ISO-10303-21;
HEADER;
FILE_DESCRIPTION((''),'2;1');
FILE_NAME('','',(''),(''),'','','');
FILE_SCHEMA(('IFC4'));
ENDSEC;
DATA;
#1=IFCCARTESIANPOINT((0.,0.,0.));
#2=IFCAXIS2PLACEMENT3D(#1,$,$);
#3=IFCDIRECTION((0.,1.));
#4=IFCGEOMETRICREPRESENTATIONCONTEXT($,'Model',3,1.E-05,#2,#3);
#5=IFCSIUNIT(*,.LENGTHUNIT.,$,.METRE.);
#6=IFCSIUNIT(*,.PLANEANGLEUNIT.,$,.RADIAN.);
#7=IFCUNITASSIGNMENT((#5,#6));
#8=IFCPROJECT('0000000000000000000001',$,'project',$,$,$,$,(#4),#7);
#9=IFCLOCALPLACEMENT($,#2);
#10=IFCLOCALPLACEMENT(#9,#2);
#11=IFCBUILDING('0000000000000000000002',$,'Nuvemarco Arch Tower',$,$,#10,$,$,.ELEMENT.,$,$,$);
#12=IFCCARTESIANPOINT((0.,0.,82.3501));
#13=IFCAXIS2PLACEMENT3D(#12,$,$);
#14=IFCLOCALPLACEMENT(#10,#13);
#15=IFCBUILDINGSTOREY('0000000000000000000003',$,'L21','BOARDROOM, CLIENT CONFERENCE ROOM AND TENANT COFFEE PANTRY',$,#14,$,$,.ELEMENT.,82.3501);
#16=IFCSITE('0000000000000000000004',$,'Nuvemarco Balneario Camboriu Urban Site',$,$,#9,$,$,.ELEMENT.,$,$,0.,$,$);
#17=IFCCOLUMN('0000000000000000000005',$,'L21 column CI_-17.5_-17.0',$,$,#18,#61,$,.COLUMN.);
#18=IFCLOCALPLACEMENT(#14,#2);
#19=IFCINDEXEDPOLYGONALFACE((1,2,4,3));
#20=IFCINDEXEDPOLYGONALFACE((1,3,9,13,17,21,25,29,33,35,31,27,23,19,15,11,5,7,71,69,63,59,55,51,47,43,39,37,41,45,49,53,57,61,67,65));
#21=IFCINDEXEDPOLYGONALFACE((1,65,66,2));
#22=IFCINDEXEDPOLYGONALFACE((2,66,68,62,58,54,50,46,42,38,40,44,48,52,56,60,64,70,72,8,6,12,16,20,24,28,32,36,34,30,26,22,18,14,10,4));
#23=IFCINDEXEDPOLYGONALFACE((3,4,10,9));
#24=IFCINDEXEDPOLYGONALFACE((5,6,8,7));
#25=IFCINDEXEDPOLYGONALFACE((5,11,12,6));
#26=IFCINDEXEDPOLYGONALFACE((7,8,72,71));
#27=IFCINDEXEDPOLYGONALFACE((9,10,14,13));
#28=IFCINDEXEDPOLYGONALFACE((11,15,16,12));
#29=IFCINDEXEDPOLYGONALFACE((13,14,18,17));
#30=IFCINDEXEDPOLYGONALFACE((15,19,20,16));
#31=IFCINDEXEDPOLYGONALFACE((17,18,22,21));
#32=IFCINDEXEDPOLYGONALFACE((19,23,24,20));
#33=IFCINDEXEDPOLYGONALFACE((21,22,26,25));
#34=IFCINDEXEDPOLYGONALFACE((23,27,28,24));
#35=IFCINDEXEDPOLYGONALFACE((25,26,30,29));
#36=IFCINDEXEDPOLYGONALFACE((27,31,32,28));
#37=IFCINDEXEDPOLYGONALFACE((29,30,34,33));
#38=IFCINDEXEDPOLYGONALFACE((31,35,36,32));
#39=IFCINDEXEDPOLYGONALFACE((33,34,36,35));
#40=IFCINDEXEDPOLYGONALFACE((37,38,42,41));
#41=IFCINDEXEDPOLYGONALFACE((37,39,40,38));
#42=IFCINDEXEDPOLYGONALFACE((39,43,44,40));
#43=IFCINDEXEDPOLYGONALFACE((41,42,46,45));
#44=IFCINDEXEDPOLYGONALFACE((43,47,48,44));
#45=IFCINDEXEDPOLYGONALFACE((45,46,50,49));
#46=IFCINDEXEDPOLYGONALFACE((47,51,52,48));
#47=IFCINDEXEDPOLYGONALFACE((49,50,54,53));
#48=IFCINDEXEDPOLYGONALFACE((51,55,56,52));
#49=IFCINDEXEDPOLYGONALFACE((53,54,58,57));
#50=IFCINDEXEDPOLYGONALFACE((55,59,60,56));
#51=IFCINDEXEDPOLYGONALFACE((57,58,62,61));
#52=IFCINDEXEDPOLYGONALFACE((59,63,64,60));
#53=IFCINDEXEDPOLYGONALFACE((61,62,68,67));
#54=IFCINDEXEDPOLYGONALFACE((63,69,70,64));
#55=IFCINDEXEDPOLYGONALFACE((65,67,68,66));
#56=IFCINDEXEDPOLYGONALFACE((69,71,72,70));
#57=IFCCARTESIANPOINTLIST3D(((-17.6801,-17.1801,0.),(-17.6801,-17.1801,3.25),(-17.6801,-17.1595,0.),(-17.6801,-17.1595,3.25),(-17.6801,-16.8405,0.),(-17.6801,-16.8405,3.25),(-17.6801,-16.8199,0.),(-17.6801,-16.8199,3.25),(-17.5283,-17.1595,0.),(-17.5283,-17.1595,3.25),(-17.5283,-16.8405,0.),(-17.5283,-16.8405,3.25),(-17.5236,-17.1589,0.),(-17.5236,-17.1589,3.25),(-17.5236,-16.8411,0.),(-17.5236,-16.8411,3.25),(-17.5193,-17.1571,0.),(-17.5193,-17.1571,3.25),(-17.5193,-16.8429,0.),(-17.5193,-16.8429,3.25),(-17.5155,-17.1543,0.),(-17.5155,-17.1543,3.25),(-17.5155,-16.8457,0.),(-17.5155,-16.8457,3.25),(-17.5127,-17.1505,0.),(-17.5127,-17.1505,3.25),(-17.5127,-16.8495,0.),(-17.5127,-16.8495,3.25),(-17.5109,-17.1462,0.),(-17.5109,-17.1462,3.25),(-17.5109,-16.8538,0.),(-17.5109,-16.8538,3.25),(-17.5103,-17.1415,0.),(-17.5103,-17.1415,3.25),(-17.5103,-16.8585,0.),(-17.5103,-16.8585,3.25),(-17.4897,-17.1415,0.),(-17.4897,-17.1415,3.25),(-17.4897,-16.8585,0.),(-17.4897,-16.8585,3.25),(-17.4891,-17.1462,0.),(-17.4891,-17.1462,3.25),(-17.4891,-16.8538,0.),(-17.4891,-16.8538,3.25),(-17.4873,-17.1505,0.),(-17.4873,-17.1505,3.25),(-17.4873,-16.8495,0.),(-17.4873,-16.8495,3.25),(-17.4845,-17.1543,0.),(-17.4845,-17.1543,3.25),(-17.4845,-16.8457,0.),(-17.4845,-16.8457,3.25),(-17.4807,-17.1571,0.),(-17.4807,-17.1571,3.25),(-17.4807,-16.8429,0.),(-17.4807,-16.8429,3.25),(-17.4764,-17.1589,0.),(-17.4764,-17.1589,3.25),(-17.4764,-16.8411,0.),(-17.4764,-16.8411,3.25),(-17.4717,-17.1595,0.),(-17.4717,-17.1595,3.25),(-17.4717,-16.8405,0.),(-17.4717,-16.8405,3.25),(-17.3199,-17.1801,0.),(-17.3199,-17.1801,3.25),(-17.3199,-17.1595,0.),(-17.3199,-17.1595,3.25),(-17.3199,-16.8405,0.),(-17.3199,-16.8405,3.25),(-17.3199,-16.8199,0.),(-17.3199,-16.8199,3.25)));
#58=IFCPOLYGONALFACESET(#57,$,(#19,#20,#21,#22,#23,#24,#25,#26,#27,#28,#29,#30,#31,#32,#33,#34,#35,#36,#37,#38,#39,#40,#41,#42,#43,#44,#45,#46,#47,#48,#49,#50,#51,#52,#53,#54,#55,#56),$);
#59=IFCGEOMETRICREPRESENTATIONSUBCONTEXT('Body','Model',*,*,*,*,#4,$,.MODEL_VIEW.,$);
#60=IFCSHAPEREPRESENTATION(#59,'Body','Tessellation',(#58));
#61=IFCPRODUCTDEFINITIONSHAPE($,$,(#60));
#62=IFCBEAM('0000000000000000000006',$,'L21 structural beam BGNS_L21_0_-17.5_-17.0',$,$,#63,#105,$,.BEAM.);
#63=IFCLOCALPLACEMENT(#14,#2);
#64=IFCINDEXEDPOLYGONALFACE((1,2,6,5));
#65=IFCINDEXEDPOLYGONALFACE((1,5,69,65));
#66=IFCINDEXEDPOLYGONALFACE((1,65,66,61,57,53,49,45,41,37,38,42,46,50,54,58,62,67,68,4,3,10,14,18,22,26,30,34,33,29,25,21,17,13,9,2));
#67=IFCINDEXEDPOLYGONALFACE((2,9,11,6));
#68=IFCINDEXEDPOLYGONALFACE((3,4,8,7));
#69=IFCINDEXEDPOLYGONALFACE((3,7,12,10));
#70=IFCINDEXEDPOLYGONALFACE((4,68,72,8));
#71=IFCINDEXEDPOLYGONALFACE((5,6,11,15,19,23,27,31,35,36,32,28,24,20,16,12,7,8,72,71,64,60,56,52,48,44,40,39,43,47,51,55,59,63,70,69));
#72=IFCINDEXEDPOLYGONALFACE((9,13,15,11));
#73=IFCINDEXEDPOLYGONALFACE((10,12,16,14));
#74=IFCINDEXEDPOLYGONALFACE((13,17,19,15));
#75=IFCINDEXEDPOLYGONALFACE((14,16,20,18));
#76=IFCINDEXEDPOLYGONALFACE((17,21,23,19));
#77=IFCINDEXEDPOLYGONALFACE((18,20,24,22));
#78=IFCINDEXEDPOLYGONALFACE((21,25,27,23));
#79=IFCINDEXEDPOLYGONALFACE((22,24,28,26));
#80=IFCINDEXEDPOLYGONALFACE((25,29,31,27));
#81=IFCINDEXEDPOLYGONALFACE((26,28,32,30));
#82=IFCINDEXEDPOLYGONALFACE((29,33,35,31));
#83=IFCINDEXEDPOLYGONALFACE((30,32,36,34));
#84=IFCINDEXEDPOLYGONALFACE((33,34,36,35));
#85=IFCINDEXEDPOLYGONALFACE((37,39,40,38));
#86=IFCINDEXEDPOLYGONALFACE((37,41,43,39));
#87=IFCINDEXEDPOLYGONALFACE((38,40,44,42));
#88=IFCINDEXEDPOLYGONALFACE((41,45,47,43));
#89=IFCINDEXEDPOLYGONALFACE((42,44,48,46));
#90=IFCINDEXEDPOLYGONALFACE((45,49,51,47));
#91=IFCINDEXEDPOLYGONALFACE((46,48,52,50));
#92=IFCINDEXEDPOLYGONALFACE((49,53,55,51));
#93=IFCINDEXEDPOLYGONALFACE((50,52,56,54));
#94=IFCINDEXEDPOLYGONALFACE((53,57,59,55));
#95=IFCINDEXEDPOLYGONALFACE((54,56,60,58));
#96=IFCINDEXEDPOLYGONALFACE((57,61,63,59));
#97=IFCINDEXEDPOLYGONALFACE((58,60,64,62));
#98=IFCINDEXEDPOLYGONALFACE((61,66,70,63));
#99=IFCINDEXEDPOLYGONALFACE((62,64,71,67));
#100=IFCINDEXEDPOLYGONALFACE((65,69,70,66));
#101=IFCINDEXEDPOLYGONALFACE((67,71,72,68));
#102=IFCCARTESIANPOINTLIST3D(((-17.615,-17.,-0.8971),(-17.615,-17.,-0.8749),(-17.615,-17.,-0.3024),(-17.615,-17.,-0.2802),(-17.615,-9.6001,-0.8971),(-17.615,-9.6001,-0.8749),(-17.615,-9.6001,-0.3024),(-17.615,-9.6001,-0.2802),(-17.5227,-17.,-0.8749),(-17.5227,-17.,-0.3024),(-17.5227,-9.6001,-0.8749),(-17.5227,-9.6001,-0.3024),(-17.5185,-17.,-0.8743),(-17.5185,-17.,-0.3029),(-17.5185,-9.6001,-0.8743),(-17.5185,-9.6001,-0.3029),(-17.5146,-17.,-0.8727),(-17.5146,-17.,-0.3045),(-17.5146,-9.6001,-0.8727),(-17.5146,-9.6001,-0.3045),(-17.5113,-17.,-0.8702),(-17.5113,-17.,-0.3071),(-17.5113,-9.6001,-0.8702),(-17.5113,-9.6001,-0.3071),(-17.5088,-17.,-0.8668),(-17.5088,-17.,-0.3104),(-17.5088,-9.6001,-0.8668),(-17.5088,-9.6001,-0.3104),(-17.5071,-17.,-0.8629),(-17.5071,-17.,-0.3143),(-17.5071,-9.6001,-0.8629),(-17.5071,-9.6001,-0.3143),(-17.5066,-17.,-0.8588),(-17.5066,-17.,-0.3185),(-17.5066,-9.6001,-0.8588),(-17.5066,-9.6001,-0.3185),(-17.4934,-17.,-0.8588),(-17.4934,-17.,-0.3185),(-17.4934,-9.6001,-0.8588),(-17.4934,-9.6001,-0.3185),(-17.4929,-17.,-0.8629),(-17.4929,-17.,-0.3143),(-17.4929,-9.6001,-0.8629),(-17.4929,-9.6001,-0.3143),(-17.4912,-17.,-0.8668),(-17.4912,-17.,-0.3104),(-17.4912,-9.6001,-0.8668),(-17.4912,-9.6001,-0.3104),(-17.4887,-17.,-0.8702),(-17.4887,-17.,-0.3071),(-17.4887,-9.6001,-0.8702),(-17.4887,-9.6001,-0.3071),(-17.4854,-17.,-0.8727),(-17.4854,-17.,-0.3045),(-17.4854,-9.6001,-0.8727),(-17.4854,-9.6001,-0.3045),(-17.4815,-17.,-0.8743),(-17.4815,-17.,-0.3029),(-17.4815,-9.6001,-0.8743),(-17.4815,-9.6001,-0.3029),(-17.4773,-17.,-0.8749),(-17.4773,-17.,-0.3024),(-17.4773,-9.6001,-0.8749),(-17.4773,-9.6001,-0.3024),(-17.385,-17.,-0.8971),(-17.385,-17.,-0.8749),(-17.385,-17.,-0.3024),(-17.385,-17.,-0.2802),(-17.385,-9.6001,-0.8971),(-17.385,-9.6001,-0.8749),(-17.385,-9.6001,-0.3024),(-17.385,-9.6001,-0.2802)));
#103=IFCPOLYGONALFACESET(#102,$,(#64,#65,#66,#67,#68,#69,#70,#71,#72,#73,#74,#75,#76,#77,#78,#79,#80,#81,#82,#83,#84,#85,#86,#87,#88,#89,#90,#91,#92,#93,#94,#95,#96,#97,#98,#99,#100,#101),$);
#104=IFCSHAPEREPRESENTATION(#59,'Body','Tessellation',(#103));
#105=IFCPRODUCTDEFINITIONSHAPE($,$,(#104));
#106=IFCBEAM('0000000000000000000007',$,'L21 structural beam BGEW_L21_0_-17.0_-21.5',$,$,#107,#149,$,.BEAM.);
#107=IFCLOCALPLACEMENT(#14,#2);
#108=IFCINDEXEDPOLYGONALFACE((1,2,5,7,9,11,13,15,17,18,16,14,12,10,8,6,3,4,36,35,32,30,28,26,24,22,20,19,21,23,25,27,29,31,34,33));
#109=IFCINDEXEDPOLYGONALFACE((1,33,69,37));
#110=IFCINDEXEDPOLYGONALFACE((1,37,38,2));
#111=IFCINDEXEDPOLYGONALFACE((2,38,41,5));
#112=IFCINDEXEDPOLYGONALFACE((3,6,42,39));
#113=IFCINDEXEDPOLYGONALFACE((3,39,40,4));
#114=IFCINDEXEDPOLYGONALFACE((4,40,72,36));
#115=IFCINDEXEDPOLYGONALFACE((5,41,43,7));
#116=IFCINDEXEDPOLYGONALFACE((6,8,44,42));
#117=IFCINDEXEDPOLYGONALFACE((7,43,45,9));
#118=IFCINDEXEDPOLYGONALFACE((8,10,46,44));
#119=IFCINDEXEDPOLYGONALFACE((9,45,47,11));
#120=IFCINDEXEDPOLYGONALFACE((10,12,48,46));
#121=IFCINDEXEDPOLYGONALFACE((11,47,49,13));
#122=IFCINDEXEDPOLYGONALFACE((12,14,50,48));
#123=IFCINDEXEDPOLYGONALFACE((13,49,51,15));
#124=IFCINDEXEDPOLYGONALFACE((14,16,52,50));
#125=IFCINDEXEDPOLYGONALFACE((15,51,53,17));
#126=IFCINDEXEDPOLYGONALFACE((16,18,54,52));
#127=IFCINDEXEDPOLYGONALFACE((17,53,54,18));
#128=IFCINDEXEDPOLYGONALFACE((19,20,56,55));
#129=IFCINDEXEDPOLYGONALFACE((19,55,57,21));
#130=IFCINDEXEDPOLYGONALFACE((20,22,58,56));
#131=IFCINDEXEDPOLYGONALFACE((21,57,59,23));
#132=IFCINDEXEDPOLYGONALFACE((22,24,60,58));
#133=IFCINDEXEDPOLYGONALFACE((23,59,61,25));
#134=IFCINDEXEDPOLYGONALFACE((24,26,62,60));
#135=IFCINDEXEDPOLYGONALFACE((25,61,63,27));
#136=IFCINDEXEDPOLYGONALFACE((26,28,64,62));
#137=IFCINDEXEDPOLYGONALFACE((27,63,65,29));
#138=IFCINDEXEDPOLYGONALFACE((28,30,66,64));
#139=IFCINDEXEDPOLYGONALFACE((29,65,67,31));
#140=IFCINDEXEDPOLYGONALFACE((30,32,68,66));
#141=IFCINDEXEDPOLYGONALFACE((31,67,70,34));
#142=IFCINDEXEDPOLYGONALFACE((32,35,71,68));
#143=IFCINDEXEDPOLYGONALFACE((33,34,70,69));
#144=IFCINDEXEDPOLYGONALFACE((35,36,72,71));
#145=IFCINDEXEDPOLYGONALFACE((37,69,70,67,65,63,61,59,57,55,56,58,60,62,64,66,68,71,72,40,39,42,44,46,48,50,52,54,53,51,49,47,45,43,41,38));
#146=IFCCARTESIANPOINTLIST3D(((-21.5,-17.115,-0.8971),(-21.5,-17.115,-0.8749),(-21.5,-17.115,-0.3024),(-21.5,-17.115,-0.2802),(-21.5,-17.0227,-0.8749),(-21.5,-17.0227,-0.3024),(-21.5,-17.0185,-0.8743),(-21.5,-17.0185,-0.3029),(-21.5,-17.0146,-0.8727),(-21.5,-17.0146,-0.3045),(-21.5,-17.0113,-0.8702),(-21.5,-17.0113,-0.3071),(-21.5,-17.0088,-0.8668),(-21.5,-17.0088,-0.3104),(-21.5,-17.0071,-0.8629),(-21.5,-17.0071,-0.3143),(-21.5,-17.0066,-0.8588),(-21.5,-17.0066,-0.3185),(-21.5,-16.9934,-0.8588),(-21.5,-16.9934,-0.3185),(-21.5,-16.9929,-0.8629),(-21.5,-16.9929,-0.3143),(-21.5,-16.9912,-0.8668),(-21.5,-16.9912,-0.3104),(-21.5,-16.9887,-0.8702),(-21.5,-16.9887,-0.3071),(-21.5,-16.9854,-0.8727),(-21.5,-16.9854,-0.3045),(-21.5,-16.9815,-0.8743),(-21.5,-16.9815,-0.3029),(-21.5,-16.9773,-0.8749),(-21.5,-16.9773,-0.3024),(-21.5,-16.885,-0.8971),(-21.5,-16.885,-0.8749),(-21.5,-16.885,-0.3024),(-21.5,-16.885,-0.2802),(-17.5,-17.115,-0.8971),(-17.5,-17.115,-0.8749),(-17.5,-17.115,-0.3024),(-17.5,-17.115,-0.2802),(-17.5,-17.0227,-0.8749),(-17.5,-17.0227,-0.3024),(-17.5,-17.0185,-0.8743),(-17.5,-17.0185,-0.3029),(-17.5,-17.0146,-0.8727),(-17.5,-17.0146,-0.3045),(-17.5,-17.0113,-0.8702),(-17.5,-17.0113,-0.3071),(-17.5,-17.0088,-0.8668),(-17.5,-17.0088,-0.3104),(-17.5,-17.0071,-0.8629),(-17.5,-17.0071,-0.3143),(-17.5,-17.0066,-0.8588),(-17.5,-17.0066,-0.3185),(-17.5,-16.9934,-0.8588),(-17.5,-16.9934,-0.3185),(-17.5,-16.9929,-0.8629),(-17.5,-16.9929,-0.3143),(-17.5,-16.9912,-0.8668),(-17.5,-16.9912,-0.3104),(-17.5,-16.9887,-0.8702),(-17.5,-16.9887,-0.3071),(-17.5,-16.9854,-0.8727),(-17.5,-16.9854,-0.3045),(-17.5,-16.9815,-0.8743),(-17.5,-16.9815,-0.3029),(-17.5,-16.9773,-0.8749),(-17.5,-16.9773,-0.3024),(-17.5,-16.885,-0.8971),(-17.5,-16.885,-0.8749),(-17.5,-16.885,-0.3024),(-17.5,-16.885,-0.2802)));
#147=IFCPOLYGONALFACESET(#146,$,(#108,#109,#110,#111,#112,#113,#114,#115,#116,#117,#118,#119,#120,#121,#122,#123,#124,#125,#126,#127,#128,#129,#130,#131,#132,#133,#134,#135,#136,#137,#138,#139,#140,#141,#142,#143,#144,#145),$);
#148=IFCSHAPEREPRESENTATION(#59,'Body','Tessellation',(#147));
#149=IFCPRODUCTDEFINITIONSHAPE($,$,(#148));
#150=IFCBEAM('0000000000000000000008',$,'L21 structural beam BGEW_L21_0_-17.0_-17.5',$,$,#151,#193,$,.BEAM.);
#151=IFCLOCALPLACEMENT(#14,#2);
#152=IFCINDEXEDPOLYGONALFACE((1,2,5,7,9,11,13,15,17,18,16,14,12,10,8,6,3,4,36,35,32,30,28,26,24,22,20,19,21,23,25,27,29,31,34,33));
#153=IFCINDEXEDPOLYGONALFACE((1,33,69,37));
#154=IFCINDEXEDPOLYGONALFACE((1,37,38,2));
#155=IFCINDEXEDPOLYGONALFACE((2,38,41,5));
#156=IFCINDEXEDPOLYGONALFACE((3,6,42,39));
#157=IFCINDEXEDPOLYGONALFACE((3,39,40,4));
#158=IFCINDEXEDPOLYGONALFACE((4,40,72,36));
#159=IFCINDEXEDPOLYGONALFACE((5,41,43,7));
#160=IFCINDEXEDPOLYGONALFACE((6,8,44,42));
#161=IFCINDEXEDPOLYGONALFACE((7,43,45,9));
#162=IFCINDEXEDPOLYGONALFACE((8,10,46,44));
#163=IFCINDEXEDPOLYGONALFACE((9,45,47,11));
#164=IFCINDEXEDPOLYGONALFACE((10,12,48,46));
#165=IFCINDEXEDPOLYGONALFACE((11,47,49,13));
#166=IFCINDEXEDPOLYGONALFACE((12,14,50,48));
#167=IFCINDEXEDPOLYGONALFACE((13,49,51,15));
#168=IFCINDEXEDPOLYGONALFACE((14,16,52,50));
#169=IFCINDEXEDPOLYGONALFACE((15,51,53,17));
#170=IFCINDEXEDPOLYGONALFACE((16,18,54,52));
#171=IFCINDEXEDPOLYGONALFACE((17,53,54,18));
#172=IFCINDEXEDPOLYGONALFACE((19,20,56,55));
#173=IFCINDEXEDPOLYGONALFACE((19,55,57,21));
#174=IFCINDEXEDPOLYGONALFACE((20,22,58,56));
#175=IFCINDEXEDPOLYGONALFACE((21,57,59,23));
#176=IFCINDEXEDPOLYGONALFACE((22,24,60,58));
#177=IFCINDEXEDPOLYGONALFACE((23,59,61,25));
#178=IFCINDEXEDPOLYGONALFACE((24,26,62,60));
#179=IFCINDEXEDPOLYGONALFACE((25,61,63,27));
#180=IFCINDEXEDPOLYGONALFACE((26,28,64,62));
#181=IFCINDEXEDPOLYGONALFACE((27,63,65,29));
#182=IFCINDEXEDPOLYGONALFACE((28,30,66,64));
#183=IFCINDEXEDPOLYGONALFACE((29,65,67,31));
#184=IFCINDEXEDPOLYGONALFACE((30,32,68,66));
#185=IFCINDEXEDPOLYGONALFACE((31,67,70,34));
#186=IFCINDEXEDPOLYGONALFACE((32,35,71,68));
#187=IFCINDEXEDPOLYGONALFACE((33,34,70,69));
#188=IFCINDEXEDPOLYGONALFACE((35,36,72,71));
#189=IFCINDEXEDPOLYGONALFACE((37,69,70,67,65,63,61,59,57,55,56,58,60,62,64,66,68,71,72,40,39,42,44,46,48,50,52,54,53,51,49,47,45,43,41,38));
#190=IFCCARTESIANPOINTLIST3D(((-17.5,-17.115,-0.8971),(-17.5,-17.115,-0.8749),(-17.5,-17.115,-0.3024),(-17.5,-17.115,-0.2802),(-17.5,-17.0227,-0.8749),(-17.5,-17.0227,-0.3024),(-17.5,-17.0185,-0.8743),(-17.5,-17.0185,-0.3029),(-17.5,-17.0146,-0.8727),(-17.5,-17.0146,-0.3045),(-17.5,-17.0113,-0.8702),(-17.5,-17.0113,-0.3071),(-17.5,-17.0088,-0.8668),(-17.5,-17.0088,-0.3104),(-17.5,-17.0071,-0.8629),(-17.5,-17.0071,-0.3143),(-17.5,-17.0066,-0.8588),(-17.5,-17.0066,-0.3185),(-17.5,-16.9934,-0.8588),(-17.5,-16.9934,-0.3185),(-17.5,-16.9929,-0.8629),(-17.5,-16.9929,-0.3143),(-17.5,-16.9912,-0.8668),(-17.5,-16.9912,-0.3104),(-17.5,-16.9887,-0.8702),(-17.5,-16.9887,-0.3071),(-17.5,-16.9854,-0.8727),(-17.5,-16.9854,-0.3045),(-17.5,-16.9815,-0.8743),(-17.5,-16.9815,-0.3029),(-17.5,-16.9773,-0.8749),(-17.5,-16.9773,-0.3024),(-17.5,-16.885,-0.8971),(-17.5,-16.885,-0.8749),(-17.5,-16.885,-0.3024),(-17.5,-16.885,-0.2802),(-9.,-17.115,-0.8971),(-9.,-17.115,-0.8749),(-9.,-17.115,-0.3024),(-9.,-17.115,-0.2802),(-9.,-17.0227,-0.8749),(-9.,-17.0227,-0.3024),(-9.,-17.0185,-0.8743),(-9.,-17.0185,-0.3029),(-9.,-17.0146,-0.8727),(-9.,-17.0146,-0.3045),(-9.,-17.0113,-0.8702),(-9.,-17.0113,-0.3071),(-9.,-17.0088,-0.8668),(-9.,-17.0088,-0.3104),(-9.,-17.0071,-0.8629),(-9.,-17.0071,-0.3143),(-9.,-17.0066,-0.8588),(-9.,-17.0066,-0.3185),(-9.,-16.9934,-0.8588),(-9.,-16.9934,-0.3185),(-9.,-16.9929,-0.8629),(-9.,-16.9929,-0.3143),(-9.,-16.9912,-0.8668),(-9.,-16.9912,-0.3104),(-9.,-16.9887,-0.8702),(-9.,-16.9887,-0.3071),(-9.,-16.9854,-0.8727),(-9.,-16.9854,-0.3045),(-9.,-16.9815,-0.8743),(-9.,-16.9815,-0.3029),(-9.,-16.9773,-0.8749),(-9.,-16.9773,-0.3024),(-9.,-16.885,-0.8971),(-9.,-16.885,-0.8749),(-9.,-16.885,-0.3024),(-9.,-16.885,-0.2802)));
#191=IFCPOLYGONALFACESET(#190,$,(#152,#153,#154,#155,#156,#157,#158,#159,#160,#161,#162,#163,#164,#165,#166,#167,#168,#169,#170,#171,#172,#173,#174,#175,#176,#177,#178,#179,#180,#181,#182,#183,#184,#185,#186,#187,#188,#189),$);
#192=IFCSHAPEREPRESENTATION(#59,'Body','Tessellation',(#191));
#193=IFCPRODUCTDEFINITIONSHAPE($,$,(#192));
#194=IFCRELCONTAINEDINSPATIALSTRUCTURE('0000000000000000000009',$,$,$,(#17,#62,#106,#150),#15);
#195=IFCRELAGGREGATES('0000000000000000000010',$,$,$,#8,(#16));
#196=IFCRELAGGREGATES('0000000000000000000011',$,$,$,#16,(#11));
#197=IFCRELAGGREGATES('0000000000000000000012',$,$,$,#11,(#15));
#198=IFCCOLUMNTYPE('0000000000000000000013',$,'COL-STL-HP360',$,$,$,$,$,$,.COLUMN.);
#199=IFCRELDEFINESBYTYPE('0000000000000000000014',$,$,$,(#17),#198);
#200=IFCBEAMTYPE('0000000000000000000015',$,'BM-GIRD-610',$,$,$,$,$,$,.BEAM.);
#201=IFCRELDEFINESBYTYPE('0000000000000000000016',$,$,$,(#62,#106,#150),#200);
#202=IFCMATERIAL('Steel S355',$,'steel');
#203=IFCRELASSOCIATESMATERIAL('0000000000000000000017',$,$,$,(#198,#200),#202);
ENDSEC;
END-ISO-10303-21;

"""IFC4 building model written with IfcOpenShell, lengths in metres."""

from ifc_helpers import new_model, si_unit, direction, frame, origin, origin_2d, place, context, subcontext, project, spatial, i_section, extrude, material, material_profile, profile_set, type_object, element, save


model = new_model("IFC4")

# Units and contexts
model_context = context("Model", 3, precision=1e-05, world=origin(), true_north=direction((0.0, 1.0)))
body_context = subcontext(model_context, "Body", "Model", "MODEL_VIEW")
ifc_project = project(units=[si_unit("LENGTHUNIT", "METRE"), si_unit("PLANEANGLEUNIT", "RADIAN")], contexts=[model_context])

# Site, building, storey
site_placement = place(None, origin())
site = spatial("IfcSite", under=ifc_project, at=site_placement, Name="Nuvemarco Balneario Camboriu Urban Site", CompositionType="ELEMENT", RefElevation=0.0)
building_placement = place(site_placement, origin())
building = spatial("IfcBuilding", under=site, at=building_placement, Name="Nuvemarco Arch Tower", CompositionType="ELEMENT")
storey_placement = place(building_placement, frame((0.0, 0.0, 82.3501)))
storey = spatial("IfcBuildingStorey", under=building, at=storey_placement, Name="L21", Description="BOARDROOM, CLIENT CONFERENCE ROOM AND TENANT COFFEE PANTRY", CompositionType="ELEMENT", Elevation=82.3501)

# Column
ifc_material_1 = material(Name="Steel S355", Category="steel")
ifc_material_profile_1 = material_profile(ifc_material_1, i_section(OverallWidth=0.3601, OverallDepth=0.3601, WebThickness=0.0205, FlangeThickness=0.0205, FilletRadius=0.0181, at=origin_2d()), Name="HP360x174")
ifc_profile_set_1 = profile_set([ifc_material_profile_1], Name="Steel S355")
column_type = type_object("IfcColumnType", Name="COL-STL-HP360", PredefinedType="COLUMN", material=ifc_profile_set_1)
column_placement = place(storey_placement, frame((-17.5, -17.0, 0.0), z_axis=(0.0, 0.0, 1.0), x_axis=(1.0, 0.0, 0.0)))
element("IfcColumn", 1, at=column_placement, inside=storey, type_object=column_type, Name="L21 column CI_-17.5_-17.0", PredefinedType="COLUMN", context=body_context, shape_type="SweptSolid", body=[
    extrude(i_section(OverallWidth=0.3601, OverallDepth=0.3601, WebThickness=0.0205, FlangeThickness=0.0205, FilletRadius=0.0181, at=origin_2d()), origin(), (0.0, 0.0, 1.0), 3.25),
])

# Beams
ifc_material_profile_2 = material_profile(ifc_material_1, i_section(OverallWidth=0.23, OverallDepth=0.6169, WebThickness=0.0132, FlangeThickness=0.0222, FilletRadius=0.0161, at=origin_2d()), Name="W610x140")
ifc_profile_set_2 = profile_set([ifc_material_profile_2], Name="Steel S355")
beam_type_1 = type_object("IfcBeamType", Name="BM-GIRD-610", PredefinedType="BEAM", material=ifc_profile_set_2)
beam_1_placement = place(storey_placement, frame((-17.5, -17.0, -0.5886), z_axis=(0.0, 1.0, 0.0), x_axis=(-1.0, 0.0, 0.0)))
element("IfcBeam", 2, at=beam_1_placement, inside=storey, type_object=beam_type_1, Name="L21 structural beam BGNS_L21_0_-17.5_-17.0", PredefinedType="BEAM", context=body_context, shape_type="SweptSolid", body=[
    extrude(i_section(OverallWidth=0.23, OverallDepth=0.6169, WebThickness=0.0132, FlangeThickness=0.0222, FilletRadius=0.0161, at=origin_2d()), origin(), (0.0, 0.0, 1.0), 7.3999),
])
beam_2_placement = place(storey_placement, frame((-21.5, -17.0, -0.5886), z_axis=(1.0, 0.0, 0.0), x_axis=(0.0, 1.0, 0.0)))
element("IfcBeam", 3, at=beam_2_placement, inside=storey, type_object=beam_type_1, Name="L21 structural beam BGEW_L21_0_-17.0_-21.5", PredefinedType="BEAM", context=body_context, shape_type="SweptSolid", body=[
    extrude(i_section(OverallWidth=0.23, OverallDepth=0.6169, WebThickness=0.0132, FlangeThickness=0.0222, FilletRadius=0.0161, at=origin_2d()), origin(), (0.0, 0.0, 1.0), 4.0),
])
beam_3_placement = place(storey_placement, frame((-17.5, -17.0, -0.5886), z_axis=(1.0, 0.0, 0.0), x_axis=(0.0, 1.0, 0.0)))
element("IfcBeam", 4, at=beam_3_placement, inside=storey, type_object=beam_type_1, Name="L21 structural beam BGEW_L21_0_-17.0_-17.5", PredefinedType="BEAM", context=body_context, shape_type="SweptSolid", body=[
    extrude(i_section(OverallWidth=0.23, OverallDepth=0.6169, WebThickness=0.0132, FlangeThickness=0.0222, FilletRadius=0.0161, at=origin_2d()), origin(), (0.0, 0.0, 1.0), 8.5),
])

save(model, "model.ifc")
